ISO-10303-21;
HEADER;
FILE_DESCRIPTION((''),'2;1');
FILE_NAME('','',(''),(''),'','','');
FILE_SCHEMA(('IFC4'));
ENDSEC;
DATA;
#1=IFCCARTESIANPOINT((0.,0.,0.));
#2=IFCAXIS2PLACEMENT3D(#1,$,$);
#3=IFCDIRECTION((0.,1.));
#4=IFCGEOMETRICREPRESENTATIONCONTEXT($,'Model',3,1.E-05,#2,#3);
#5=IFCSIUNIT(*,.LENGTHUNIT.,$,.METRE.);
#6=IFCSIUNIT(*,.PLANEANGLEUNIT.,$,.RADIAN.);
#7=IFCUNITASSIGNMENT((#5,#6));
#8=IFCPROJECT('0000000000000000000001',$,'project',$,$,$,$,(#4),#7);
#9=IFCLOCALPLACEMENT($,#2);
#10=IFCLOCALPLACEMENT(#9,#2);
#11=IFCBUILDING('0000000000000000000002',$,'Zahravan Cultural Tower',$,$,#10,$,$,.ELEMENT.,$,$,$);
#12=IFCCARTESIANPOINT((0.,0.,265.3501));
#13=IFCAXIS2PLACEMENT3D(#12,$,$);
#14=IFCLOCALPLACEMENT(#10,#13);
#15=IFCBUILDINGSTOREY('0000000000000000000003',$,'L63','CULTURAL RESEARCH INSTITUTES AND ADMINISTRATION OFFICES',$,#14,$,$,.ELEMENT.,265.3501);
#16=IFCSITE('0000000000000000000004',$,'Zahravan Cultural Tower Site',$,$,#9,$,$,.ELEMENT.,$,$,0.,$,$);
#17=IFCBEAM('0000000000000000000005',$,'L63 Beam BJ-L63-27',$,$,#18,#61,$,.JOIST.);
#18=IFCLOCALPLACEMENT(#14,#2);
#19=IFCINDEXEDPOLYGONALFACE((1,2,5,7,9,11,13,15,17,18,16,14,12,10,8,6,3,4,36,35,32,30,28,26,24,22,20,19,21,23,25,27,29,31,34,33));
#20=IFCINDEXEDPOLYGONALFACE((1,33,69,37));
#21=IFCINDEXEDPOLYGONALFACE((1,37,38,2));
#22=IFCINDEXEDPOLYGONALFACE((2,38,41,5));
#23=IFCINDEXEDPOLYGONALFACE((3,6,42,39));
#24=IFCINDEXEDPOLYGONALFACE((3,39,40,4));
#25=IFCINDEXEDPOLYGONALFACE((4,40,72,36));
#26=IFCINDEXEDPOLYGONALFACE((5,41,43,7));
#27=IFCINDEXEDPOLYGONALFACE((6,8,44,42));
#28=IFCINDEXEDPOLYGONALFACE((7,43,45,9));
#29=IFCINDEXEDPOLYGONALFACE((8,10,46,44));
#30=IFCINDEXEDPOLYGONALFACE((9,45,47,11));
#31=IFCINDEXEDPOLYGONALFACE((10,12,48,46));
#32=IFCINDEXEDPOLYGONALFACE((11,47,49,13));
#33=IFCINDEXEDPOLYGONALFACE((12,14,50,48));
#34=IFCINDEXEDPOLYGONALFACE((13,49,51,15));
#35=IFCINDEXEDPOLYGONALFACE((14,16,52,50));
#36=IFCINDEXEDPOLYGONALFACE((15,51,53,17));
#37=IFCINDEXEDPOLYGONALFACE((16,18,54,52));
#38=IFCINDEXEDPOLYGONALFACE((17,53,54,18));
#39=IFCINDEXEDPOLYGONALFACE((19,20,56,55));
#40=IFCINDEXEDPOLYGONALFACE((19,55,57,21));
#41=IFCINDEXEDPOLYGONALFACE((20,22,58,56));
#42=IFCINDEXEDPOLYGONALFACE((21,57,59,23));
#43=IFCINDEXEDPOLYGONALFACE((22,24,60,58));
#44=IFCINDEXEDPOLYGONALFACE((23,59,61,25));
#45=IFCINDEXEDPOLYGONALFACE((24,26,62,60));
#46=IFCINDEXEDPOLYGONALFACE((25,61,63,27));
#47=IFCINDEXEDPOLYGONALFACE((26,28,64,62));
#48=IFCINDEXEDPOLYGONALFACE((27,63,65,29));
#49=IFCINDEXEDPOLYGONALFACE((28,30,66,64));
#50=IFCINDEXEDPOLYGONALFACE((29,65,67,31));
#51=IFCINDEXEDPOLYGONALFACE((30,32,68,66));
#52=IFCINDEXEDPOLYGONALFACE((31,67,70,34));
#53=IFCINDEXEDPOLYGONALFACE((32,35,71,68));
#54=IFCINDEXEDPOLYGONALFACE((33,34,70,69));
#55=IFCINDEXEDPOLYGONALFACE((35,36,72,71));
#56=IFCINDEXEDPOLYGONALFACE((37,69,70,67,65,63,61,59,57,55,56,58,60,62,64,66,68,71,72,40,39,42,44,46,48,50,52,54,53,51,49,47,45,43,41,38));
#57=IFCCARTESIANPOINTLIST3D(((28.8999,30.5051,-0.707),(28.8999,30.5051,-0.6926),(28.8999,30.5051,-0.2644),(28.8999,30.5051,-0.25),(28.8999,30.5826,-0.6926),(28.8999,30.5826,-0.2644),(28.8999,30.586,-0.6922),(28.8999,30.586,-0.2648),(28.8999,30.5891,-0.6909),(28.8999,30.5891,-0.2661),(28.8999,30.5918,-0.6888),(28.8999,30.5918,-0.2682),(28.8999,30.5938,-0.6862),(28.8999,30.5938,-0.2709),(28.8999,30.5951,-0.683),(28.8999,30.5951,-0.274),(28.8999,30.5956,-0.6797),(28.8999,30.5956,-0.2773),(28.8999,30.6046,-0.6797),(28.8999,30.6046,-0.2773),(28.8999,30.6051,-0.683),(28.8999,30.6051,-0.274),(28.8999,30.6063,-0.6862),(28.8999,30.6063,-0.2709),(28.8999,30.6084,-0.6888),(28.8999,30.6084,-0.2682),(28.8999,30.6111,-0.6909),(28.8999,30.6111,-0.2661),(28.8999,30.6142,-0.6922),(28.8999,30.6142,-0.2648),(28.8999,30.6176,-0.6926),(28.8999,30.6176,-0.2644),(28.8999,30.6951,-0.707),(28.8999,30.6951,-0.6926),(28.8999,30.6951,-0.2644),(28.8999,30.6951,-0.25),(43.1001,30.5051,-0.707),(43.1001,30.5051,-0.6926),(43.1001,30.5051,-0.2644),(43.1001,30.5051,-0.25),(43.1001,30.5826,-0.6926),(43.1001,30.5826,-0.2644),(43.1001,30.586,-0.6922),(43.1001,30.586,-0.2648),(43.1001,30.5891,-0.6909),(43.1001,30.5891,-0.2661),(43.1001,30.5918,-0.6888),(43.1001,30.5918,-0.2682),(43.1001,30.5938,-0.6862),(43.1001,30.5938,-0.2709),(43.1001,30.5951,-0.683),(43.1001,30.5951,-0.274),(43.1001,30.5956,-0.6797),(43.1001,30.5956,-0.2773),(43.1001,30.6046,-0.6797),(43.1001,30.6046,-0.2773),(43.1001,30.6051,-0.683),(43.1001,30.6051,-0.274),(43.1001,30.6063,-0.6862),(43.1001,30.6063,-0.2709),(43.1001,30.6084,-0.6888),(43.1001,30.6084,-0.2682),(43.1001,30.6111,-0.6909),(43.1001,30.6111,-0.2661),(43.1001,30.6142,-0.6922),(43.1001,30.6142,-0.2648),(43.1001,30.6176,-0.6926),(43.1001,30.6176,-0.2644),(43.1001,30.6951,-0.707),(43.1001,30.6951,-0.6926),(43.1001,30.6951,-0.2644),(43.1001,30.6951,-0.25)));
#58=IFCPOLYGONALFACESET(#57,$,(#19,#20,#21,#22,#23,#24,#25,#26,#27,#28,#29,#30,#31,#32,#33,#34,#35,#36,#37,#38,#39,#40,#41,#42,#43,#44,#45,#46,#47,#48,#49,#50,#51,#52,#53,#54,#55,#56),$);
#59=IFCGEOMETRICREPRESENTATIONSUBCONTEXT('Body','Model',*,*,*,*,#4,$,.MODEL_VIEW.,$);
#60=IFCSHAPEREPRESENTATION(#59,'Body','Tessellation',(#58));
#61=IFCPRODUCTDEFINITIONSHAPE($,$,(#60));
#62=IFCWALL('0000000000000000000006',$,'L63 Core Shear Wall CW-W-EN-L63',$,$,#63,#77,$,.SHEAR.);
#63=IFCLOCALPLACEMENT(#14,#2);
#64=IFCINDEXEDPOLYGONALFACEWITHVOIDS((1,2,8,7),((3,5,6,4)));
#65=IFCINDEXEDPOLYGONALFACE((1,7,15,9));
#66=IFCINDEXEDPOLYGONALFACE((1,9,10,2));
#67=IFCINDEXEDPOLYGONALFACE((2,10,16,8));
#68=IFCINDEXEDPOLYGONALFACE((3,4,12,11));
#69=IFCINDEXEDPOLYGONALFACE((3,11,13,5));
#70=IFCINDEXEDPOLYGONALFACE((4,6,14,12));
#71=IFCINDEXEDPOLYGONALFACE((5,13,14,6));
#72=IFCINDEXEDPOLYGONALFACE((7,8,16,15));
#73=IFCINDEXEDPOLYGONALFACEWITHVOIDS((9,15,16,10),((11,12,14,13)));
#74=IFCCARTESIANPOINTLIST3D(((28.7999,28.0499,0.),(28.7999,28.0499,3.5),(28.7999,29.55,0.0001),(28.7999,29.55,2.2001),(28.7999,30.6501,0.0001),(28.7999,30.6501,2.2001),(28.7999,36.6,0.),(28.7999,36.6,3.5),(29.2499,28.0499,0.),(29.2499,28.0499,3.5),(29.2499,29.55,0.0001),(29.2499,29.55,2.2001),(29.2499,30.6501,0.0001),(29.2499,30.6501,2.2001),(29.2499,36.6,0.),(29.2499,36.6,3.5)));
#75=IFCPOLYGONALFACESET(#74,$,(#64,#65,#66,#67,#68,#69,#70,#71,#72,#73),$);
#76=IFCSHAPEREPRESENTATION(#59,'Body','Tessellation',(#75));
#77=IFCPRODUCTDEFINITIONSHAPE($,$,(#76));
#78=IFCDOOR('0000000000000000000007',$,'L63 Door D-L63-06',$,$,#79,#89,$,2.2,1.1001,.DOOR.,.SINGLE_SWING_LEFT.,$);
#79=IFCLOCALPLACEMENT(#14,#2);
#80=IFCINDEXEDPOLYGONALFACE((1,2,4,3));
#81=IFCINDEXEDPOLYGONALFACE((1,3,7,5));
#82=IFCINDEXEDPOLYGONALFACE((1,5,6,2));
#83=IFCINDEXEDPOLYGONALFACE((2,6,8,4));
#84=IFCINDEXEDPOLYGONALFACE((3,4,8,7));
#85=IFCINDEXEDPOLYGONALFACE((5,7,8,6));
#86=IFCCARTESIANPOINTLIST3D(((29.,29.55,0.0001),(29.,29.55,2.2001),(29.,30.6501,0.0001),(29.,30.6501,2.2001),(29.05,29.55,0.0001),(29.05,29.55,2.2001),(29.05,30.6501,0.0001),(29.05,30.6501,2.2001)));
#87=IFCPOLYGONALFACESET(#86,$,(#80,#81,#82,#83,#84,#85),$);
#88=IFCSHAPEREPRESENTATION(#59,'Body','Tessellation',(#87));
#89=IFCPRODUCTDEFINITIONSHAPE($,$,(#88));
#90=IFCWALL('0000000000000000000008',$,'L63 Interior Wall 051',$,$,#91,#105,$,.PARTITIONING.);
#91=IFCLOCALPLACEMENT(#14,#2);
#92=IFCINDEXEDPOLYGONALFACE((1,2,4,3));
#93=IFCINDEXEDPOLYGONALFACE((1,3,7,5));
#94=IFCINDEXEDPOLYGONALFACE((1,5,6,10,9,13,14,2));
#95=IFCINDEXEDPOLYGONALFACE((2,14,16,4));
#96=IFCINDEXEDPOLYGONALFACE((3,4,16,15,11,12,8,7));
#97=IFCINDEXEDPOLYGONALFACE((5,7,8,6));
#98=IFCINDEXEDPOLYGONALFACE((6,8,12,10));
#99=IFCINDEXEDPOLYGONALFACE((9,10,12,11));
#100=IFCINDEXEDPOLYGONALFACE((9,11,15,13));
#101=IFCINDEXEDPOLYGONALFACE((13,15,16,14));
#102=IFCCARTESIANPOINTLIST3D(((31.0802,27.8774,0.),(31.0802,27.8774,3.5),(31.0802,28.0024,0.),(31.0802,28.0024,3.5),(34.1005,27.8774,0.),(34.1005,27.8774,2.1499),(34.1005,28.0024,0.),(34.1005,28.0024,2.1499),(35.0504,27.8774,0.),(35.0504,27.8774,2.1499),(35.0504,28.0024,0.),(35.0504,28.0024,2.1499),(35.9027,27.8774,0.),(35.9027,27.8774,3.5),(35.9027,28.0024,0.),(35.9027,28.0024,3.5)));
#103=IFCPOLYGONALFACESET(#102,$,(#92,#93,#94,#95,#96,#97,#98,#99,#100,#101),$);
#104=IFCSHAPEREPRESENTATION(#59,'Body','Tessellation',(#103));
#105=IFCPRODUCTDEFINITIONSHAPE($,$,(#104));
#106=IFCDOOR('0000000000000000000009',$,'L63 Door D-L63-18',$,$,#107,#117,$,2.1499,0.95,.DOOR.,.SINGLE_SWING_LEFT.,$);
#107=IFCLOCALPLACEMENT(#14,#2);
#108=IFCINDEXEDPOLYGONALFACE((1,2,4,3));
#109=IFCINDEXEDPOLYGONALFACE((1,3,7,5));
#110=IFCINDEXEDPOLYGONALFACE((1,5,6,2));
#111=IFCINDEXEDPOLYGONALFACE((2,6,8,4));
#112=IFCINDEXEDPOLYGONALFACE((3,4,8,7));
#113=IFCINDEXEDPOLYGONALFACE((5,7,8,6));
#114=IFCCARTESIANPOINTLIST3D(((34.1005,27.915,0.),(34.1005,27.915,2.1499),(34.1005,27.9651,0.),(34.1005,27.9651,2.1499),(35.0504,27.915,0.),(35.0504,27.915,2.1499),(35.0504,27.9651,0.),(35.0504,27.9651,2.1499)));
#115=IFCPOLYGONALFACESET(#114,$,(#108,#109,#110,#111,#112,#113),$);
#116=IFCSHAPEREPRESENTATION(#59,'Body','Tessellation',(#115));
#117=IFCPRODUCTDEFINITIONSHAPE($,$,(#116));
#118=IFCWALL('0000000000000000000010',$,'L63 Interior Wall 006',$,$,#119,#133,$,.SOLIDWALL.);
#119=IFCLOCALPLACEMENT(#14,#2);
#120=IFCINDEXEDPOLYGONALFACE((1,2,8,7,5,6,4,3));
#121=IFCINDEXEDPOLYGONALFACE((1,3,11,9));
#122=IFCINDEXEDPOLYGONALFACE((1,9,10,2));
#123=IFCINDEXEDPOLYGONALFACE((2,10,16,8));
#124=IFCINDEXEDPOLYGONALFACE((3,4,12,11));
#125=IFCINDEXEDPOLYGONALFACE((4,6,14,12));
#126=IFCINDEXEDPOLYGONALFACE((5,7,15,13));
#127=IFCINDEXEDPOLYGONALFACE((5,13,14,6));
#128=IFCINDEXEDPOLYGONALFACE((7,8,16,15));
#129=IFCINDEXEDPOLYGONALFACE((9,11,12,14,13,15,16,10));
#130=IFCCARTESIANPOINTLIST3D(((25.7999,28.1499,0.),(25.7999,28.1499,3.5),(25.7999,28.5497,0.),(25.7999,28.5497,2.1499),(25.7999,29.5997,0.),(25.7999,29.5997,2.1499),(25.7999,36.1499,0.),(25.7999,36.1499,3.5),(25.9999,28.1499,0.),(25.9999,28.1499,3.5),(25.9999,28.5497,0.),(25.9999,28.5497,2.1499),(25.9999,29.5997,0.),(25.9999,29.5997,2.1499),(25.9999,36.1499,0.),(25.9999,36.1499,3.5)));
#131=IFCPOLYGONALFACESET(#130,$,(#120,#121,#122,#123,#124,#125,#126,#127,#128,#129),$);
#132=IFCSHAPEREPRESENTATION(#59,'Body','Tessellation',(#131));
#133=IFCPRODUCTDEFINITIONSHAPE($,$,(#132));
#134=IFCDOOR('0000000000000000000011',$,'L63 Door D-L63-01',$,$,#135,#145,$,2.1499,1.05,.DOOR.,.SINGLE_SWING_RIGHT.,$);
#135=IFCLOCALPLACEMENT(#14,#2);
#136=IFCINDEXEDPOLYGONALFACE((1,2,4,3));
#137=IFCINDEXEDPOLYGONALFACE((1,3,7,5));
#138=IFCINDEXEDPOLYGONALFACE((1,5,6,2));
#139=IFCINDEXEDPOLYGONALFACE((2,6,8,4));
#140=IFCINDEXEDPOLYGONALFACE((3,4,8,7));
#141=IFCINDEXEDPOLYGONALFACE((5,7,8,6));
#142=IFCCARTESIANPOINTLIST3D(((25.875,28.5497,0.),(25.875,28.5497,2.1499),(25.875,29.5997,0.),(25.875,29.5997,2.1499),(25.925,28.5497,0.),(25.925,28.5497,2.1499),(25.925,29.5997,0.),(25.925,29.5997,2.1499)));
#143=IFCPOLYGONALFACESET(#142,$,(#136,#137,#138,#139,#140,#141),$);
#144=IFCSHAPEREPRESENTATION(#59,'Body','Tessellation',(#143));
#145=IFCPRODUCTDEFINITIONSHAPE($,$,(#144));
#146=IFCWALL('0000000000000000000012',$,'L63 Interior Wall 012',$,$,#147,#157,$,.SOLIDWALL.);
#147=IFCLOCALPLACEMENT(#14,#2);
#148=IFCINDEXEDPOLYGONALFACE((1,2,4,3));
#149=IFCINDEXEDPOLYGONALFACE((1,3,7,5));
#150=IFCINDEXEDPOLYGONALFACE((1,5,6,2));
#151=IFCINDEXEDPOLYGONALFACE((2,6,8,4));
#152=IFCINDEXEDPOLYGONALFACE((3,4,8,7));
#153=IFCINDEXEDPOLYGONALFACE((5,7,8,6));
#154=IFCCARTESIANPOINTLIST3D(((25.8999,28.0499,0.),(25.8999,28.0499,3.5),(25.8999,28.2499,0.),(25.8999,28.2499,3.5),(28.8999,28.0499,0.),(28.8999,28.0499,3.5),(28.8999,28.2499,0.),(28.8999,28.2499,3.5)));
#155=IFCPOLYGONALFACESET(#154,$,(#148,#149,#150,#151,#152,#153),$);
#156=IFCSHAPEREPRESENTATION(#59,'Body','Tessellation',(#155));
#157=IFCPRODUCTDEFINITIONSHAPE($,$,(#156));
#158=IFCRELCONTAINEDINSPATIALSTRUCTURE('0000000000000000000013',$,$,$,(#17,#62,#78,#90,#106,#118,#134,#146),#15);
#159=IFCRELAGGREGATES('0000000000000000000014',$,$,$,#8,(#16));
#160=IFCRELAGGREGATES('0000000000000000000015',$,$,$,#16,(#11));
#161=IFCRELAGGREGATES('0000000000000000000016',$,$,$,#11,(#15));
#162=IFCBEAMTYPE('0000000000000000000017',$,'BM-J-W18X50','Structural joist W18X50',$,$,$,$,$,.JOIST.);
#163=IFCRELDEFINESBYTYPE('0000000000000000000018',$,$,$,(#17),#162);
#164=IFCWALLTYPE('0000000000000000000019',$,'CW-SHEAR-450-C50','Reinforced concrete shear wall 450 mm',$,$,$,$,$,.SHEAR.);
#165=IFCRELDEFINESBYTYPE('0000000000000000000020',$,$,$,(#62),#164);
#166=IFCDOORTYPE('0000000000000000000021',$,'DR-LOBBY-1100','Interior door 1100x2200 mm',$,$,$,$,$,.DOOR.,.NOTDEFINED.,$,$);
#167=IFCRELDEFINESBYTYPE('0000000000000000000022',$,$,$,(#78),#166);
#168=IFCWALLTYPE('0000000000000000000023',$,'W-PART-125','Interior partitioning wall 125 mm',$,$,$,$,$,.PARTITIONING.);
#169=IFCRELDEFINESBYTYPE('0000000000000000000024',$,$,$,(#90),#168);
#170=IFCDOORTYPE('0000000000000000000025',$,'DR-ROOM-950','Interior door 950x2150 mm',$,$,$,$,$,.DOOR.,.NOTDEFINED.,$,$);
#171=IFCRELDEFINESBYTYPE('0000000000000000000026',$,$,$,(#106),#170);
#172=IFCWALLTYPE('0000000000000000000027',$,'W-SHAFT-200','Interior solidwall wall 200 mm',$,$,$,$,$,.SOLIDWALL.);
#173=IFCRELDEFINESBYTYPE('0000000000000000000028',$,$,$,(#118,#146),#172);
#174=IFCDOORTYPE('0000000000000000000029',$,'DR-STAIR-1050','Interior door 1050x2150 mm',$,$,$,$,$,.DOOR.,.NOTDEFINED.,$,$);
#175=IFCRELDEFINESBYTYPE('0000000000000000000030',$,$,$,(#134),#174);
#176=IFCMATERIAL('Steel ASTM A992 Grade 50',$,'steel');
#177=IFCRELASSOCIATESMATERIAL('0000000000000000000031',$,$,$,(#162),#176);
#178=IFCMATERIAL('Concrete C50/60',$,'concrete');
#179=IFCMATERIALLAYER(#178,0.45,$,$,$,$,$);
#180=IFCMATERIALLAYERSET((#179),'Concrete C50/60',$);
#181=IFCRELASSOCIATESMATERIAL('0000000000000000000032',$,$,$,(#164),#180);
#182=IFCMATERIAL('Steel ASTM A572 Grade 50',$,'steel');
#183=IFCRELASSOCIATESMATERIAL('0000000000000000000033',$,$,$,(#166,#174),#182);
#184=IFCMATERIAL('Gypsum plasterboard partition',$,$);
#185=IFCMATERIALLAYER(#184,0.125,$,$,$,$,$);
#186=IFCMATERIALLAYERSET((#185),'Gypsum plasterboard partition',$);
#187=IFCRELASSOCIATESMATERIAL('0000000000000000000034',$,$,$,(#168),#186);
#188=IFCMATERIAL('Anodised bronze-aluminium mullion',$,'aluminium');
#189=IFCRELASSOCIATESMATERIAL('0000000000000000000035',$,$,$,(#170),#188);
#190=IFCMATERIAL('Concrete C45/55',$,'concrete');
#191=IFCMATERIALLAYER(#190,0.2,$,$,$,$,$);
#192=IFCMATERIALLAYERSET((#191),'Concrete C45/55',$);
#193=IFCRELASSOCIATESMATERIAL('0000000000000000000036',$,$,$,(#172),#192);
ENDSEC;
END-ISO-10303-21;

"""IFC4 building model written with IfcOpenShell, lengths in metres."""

from ifc_helpers import new_model, si_unit, direction, frame, frame_2d, origin, origin_2d, place, context, subcontext, project, spatial, rectangle, i_section, extrude, source, transform, mapped, material, layer, layer_set, material_profile, profile_set, type_object, element, fill, save


model = new_model("IFC4")

# Units and contexts
model_context = context("Model", 3, precision=1e-05, world=origin(), true_north=direction((0.0, 1.0)))
body_context = subcontext(model_context, "Body", "Model", "MODEL_VIEW")
ifc_project = project(units=[si_unit("LENGTHUNIT", "METRE"), si_unit("PLANEANGLEUNIT", "RADIAN")], contexts=[model_context])

# Site, building, storey
site_placement = place(None, origin())
site = spatial("IfcSite", under=ifc_project, at=site_placement, Name="Zahravan Cultural Tower Site", CompositionType="ELEMENT", RefElevation=0.0)
building_placement = place(site_placement, origin())
building = spatial("IfcBuilding", under=site, at=building_placement, Name="Zahravan Cultural Tower", CompositionType="ELEMENT")
storey_placement = place(building_placement, frame((0.0, 0.0, 265.3501)))
storey = spatial("IfcBuildingStorey", under=building, at=storey_placement, Name="L63", Description="CULTURAL RESEARCH INSTITUTES AND ADMINISTRATION OFFICES", CompositionType="ELEMENT", Elevation=265.3501)

# Beam
ifc_material_1 = material(Name="Steel ASTM A992 Grade 50", Category="steel")
ifc_material_profile = material_profile(ifc_material_1, i_section(OverallWidth=0.1899, OverallDepth=0.457, WebThickness=0.009, FlangeThickness=0.0144, FilletRadius=0.0129, at=origin_2d()), Name="W18X50")
ifc_profile_set = profile_set([ifc_material_profile], Name="Steel ASTM A992 Grade 50")
beam_type = type_object("IfcBeamType", Name="BM-J-W18X50", Description="Structural joist W18X50", PredefinedType="JOIST", material=ifc_profile_set)
shared_shape_1 = source(origin(), body_context, "Body", "SweptSolid", [
    extrude(i_section(OverallWidth=0.1899, OverallDepth=0.457, WebThickness=0.009, FlangeThickness=0.0144, FilletRadius=0.0129, at=origin_2d()), origin(), (0.0, 0.0, 1.0), 14.2002),
])
beam_placement = place(storey_placement, frame((28.8999, 30.6001, -0.4785), z_axis=(1.0, 0.0, 0.0), x_axis=(0.0, 1.0, 0.0)))
element("IfcBeam", 1, at=beam_placement, inside=storey, type_object=beam_type, Name="L63 Beam BJ-L63-27", PredefinedType="JOIST", context=body_context, shape_type="MappedRepresentation", body=[
    mapped(shared_shape_1, transform((0.0, 0.0, 0.0), x_axis=(1.0, 0.0, 0.0), y_axis=(0.0, 1.0, 0.0), z_axis=(0.0, 0.0, 1.0), scale=1.0)),
])

# Walls, openings, doors
ifc_material_2 = material(Name="Concrete C50/60", Category="concrete")
ifc_layer_1 = layer(ifc_material_2, 0.45)
ifc_layer_set_1 = layer_set([ifc_layer_1], Name="Concrete C50/60")
wall_type_1 = type_object("IfcWallType", Name="CW-SHEAR-450-C50", Description="Reinforced concrete shear wall 450 mm", PredefinedType="SHEAR", material=ifc_layer_set_1)
wall_1_placement = place(storey_placement, frame((29.0249, 28.05, 0.0), z_axis=(0.0, 0.0, 1.0), x_axis=(0.0, 1.0, 0.0)))
wall_1 = element("IfcWall", 2, at=wall_1_placement, inside=storey, type_object=wall_type_1, Name="L63 Core Shear Wall CW-W-EN-L63", PredefinedType="SHEAR", context=body_context, shape_type="SweptSolid", body=[
    extrude(rectangle(XDim=8.55, YDim=0.45, at=frame_2d((4.2749, 0.0))), origin(), (0.0, 0.0, 1.0), 3.5),
])
opening_1_placement = place(wall_1_placement, frame((1.5, 0.0, 0.0)))
opening_1 = element("IfcOpeningElement", 3, at=opening_1_placement, cuts=wall_1, PredefinedType="OPENING", context=body_context, shape_type="SweptSolid", body=[
    extrude(rectangle(XDim=1.1001, YDim=2.2, at=frame_2d((0.55, 1.1001))), frame((0.0, 0.2349, 0.0), z_axis=(0.0, -1.0, 0.0), x_axis=(1.0, 0.0, 0.0)), (0.0, 0.0, 1.0), 0.47),
])
ifc_material_3 = material(Name="Steel ASTM A572 Grade 50", Category="steel")
door_type_1 = type_object("IfcDoorType", Name="DR-LOBBY-1100", Description="Interior door 1100x2200 mm", OperationType="NOTDEFINED", PredefinedType="DOOR", material=ifc_material_3)
shared_shape_2 = source(origin(), body_context, "Body", "SweptSolid", [
    extrude(rectangle(XDim=1.1001, YDim=2.2, at=frame_2d((0.55, 1.1001))), frame((0.0, 0.0249, 0.0), z_axis=(0.0, -1.0, 0.0), x_axis=(1.0, 0.0, 0.0)), (0.0, 0.0, 1.0), 0.05),
])
door_1_placement = place(opening_1_placement, origin())
door_1 = element("IfcDoor", 4, at=door_1_placement, inside=storey, type_object=door_type_1, Name="L63 Door D-L63-06", OperationType="SINGLE_SWING_LEFT", OverallHeight=2.2, OverallWidth=1.1001, PredefinedType="DOOR", context=body_context, shape_type="MappedRepresentation", body=[
    mapped(shared_shape_2, transform((0.0, 0.0, 0.0), x_axis=(1.0, 0.0, 0.0), y_axis=(0.0, 1.0, 0.0), z_axis=(0.0, 0.0, 1.0), scale=1.0)),
])
fill(opening_1, door_1)
ifc_material_4 = material(Name="Gypsum plasterboard partition")
ifc_layer_2 = layer(ifc_material_4, 0.125)
ifc_layer_set_2 = layer_set([ifc_layer_2], Name="Gypsum plasterboard partition")
wall_type_2 = type_object("IfcWallType", Name="W-PART-125", Description="Interior partitioning wall 125 mm", PredefinedType="PARTITIONING", material=ifc_layer_set_2)
wall_2_placement = place(storey_placement, frame((35.9026, 27.9399, 0.0), z_axis=(0.0, 0.0, 1.0), x_axis=(-1.0, 0.0, 0.0)))
wall_2 = element("IfcWall", 5, at=wall_2_placement, inside=storey, type_object=wall_type_2, Name="L63 Interior Wall 051", PredefinedType="PARTITIONING", context=body_context, shape_type="SweptSolid", body=[
    extrude(rectangle(XDim=4.8225, YDim=0.125, at=frame_2d((2.4111, 0.0))), origin(), (0.0, 0.0, 1.0), 3.5),
])
opening_2_placement = place(wall_2_placement, frame((0.8521, 0.0, 0.0)))
opening_2 = element("IfcOpeningElement", 6, at=opening_2_placement, cuts=wall_2, PredefinedType="OPENING", context=body_context, shape_type="SweptSolid", body=[
    extrude(rectangle(XDim=0.95, YDim=2.1499, at=frame_2d((0.4751, 1.075))), frame((0.0, 0.0725, 0.0), z_axis=(0.0, -1.0, 0.0), x_axis=(1.0, 0.0, 0.0)), (0.0, 0.0, 1.0), 0.145),
])
ifc_material_5 = material(Name="Anodised bronze-aluminium mullion", Category="aluminium")
door_type_2 = type_object("IfcDoorType", Name="DR-ROOM-950", Description="Interior door 950x2150 mm", OperationType="NOTDEFINED", PredefinedType="DOOR", material=ifc_material_5)
shared_shape_3 = source(origin(), body_context, "Body", "SweptSolid", [
    extrude(rectangle(XDim=0.95, YDim=2.1499, at=frame_2d((0.4751, 1.075))), frame((0.0, 0.0249, 0.0), z_axis=(0.0, -1.0, 0.0), x_axis=(1.0, 0.0, 0.0)), (0.0, 0.0, 1.0), 0.05),
])
door_2_placement = place(opening_2_placement, origin())
door_2 = element("IfcDoor", 7, at=door_2_placement, inside=storey, type_object=door_type_2, Name="L63 Door D-L63-18", OperationType="SINGLE_SWING_LEFT", OverallHeight=2.1499, OverallWidth=0.95, PredefinedType="DOOR", context=body_context, shape_type="MappedRepresentation", body=[
    mapped(shared_shape_3, transform((0.0, 0.0, 0.0), x_axis=(1.0, 0.0, 0.0), y_axis=(0.0, 1.0, 0.0), z_axis=(0.0, 0.0, 1.0), scale=1.0)),
])
fill(opening_2, door_2)
ifc_material_6 = material(Name="Concrete C45/55", Category="concrete")
ifc_layer_3 = layer(ifc_material_6, 0.2)
ifc_layer_set_3 = layer_set([ifc_layer_3], Name="Concrete C45/55")
wall_type_3 = type_object("IfcWallType", Name="W-SHAFT-200", Description="Interior solidwall wall 200 mm", PredefinedType="SOLIDWALL", material=ifc_layer_set_3)
wall_3_placement = place(storey_placement, frame((25.8999, 28.1499, 0.0), z_axis=(0.0, 0.0, 1.0), x_axis=(0.0, 1.0, 0.0)))
wall_3 = element("IfcWall", 8, at=wall_3_placement, inside=storey, type_object=wall_type_3, Name="L63 Interior Wall 006", PredefinedType="SOLIDWALL", context=body_context, shape_type="SweptSolid", body=[
    extrude(rectangle(XDim=8.0, YDim=0.2, at=frame_2d((4.0, 0.0))), origin(), (0.0, 0.0, 1.0), 3.5),
])
opening_3_placement = place(wall_3_placement, frame((0.3999, 0.0, 0.0)))
opening_3 = element("IfcOpeningElement", 9, at=opening_3_placement, cuts=wall_3, PredefinedType="OPENING", context=body_context, shape_type="SweptSolid", body=[
    extrude(rectangle(XDim=1.05, YDim=2.1499, at=frame_2d((0.5249, 1.075))), frame((0.0, 0.1099, 0.0), z_axis=(0.0, -1.0, 0.0), x_axis=(1.0, 0.0, 0.0)), (0.0, 0.0, 1.0), 0.22),
])
door_type_3 = type_object("IfcDoorType", Name="DR-STAIR-1050", Description="Interior door 1050x2150 mm", OperationType="NOTDEFINED", PredefinedType="DOOR", material=ifc_material_3)
shared_shape_4 = source(origin(), body_context, "Body", "SweptSolid", [
    extrude(rectangle(XDim=1.05, YDim=2.1499, at=frame_2d((0.5249, 1.075))), frame((0.0, 0.0249, 0.0), z_axis=(0.0, -1.0, 0.0), x_axis=(1.0, 0.0, 0.0)), (0.0, 0.0, 1.0), 0.05),
])
door_3_placement = place(opening_3_placement, origin())
door_3 = element("IfcDoor", 10, at=door_3_placement, inside=storey, type_object=door_type_3, Name="L63 Door D-L63-01", OperationType="SINGLE_SWING_RIGHT", OverallHeight=2.1499, OverallWidth=1.05, PredefinedType="DOOR", context=body_context, shape_type="MappedRepresentation", body=[
    mapped(shared_shape_4, transform((0.0, 0.0, 0.0), x_axis=(1.0, 0.0, 0.0), y_axis=(0.0, 1.0, 0.0), z_axis=(0.0, 0.0, 1.0), scale=1.0)),
])
fill(opening_3, door_3)

# Wall
shared_shape_5 = source(origin(), body_context, "Body", "SweptSolid", [
    extrude(rectangle(XDim=3.0, YDim=0.2, at=frame_2d((1.5, 0.0))), origin(), (0.0, 0.0, 1.0), 3.5),
])
wall_4_placement = place(storey_placement, frame((25.8999, 28.1499, 0.0), z_axis=(0.0, 0.0, 1.0), x_axis=(1.0, 0.0, 0.0)))
element("IfcWall", 11, at=wall_4_placement, inside=storey, type_object=wall_type_3, Name="L63 Interior Wall 012", PredefinedType="SOLIDWALL", context=body_context, shape_type="MappedRepresentation", body=[
    mapped(shared_shape_5, transform((0.0, 0.0, 0.0), x_axis=(1.0, 0.0, 0.0), y_axis=(0.0, 1.0, 0.0), z_axis=(0.0, 0.0, 1.0), scale=1.0)),
])

save(model, "model.ifc")
